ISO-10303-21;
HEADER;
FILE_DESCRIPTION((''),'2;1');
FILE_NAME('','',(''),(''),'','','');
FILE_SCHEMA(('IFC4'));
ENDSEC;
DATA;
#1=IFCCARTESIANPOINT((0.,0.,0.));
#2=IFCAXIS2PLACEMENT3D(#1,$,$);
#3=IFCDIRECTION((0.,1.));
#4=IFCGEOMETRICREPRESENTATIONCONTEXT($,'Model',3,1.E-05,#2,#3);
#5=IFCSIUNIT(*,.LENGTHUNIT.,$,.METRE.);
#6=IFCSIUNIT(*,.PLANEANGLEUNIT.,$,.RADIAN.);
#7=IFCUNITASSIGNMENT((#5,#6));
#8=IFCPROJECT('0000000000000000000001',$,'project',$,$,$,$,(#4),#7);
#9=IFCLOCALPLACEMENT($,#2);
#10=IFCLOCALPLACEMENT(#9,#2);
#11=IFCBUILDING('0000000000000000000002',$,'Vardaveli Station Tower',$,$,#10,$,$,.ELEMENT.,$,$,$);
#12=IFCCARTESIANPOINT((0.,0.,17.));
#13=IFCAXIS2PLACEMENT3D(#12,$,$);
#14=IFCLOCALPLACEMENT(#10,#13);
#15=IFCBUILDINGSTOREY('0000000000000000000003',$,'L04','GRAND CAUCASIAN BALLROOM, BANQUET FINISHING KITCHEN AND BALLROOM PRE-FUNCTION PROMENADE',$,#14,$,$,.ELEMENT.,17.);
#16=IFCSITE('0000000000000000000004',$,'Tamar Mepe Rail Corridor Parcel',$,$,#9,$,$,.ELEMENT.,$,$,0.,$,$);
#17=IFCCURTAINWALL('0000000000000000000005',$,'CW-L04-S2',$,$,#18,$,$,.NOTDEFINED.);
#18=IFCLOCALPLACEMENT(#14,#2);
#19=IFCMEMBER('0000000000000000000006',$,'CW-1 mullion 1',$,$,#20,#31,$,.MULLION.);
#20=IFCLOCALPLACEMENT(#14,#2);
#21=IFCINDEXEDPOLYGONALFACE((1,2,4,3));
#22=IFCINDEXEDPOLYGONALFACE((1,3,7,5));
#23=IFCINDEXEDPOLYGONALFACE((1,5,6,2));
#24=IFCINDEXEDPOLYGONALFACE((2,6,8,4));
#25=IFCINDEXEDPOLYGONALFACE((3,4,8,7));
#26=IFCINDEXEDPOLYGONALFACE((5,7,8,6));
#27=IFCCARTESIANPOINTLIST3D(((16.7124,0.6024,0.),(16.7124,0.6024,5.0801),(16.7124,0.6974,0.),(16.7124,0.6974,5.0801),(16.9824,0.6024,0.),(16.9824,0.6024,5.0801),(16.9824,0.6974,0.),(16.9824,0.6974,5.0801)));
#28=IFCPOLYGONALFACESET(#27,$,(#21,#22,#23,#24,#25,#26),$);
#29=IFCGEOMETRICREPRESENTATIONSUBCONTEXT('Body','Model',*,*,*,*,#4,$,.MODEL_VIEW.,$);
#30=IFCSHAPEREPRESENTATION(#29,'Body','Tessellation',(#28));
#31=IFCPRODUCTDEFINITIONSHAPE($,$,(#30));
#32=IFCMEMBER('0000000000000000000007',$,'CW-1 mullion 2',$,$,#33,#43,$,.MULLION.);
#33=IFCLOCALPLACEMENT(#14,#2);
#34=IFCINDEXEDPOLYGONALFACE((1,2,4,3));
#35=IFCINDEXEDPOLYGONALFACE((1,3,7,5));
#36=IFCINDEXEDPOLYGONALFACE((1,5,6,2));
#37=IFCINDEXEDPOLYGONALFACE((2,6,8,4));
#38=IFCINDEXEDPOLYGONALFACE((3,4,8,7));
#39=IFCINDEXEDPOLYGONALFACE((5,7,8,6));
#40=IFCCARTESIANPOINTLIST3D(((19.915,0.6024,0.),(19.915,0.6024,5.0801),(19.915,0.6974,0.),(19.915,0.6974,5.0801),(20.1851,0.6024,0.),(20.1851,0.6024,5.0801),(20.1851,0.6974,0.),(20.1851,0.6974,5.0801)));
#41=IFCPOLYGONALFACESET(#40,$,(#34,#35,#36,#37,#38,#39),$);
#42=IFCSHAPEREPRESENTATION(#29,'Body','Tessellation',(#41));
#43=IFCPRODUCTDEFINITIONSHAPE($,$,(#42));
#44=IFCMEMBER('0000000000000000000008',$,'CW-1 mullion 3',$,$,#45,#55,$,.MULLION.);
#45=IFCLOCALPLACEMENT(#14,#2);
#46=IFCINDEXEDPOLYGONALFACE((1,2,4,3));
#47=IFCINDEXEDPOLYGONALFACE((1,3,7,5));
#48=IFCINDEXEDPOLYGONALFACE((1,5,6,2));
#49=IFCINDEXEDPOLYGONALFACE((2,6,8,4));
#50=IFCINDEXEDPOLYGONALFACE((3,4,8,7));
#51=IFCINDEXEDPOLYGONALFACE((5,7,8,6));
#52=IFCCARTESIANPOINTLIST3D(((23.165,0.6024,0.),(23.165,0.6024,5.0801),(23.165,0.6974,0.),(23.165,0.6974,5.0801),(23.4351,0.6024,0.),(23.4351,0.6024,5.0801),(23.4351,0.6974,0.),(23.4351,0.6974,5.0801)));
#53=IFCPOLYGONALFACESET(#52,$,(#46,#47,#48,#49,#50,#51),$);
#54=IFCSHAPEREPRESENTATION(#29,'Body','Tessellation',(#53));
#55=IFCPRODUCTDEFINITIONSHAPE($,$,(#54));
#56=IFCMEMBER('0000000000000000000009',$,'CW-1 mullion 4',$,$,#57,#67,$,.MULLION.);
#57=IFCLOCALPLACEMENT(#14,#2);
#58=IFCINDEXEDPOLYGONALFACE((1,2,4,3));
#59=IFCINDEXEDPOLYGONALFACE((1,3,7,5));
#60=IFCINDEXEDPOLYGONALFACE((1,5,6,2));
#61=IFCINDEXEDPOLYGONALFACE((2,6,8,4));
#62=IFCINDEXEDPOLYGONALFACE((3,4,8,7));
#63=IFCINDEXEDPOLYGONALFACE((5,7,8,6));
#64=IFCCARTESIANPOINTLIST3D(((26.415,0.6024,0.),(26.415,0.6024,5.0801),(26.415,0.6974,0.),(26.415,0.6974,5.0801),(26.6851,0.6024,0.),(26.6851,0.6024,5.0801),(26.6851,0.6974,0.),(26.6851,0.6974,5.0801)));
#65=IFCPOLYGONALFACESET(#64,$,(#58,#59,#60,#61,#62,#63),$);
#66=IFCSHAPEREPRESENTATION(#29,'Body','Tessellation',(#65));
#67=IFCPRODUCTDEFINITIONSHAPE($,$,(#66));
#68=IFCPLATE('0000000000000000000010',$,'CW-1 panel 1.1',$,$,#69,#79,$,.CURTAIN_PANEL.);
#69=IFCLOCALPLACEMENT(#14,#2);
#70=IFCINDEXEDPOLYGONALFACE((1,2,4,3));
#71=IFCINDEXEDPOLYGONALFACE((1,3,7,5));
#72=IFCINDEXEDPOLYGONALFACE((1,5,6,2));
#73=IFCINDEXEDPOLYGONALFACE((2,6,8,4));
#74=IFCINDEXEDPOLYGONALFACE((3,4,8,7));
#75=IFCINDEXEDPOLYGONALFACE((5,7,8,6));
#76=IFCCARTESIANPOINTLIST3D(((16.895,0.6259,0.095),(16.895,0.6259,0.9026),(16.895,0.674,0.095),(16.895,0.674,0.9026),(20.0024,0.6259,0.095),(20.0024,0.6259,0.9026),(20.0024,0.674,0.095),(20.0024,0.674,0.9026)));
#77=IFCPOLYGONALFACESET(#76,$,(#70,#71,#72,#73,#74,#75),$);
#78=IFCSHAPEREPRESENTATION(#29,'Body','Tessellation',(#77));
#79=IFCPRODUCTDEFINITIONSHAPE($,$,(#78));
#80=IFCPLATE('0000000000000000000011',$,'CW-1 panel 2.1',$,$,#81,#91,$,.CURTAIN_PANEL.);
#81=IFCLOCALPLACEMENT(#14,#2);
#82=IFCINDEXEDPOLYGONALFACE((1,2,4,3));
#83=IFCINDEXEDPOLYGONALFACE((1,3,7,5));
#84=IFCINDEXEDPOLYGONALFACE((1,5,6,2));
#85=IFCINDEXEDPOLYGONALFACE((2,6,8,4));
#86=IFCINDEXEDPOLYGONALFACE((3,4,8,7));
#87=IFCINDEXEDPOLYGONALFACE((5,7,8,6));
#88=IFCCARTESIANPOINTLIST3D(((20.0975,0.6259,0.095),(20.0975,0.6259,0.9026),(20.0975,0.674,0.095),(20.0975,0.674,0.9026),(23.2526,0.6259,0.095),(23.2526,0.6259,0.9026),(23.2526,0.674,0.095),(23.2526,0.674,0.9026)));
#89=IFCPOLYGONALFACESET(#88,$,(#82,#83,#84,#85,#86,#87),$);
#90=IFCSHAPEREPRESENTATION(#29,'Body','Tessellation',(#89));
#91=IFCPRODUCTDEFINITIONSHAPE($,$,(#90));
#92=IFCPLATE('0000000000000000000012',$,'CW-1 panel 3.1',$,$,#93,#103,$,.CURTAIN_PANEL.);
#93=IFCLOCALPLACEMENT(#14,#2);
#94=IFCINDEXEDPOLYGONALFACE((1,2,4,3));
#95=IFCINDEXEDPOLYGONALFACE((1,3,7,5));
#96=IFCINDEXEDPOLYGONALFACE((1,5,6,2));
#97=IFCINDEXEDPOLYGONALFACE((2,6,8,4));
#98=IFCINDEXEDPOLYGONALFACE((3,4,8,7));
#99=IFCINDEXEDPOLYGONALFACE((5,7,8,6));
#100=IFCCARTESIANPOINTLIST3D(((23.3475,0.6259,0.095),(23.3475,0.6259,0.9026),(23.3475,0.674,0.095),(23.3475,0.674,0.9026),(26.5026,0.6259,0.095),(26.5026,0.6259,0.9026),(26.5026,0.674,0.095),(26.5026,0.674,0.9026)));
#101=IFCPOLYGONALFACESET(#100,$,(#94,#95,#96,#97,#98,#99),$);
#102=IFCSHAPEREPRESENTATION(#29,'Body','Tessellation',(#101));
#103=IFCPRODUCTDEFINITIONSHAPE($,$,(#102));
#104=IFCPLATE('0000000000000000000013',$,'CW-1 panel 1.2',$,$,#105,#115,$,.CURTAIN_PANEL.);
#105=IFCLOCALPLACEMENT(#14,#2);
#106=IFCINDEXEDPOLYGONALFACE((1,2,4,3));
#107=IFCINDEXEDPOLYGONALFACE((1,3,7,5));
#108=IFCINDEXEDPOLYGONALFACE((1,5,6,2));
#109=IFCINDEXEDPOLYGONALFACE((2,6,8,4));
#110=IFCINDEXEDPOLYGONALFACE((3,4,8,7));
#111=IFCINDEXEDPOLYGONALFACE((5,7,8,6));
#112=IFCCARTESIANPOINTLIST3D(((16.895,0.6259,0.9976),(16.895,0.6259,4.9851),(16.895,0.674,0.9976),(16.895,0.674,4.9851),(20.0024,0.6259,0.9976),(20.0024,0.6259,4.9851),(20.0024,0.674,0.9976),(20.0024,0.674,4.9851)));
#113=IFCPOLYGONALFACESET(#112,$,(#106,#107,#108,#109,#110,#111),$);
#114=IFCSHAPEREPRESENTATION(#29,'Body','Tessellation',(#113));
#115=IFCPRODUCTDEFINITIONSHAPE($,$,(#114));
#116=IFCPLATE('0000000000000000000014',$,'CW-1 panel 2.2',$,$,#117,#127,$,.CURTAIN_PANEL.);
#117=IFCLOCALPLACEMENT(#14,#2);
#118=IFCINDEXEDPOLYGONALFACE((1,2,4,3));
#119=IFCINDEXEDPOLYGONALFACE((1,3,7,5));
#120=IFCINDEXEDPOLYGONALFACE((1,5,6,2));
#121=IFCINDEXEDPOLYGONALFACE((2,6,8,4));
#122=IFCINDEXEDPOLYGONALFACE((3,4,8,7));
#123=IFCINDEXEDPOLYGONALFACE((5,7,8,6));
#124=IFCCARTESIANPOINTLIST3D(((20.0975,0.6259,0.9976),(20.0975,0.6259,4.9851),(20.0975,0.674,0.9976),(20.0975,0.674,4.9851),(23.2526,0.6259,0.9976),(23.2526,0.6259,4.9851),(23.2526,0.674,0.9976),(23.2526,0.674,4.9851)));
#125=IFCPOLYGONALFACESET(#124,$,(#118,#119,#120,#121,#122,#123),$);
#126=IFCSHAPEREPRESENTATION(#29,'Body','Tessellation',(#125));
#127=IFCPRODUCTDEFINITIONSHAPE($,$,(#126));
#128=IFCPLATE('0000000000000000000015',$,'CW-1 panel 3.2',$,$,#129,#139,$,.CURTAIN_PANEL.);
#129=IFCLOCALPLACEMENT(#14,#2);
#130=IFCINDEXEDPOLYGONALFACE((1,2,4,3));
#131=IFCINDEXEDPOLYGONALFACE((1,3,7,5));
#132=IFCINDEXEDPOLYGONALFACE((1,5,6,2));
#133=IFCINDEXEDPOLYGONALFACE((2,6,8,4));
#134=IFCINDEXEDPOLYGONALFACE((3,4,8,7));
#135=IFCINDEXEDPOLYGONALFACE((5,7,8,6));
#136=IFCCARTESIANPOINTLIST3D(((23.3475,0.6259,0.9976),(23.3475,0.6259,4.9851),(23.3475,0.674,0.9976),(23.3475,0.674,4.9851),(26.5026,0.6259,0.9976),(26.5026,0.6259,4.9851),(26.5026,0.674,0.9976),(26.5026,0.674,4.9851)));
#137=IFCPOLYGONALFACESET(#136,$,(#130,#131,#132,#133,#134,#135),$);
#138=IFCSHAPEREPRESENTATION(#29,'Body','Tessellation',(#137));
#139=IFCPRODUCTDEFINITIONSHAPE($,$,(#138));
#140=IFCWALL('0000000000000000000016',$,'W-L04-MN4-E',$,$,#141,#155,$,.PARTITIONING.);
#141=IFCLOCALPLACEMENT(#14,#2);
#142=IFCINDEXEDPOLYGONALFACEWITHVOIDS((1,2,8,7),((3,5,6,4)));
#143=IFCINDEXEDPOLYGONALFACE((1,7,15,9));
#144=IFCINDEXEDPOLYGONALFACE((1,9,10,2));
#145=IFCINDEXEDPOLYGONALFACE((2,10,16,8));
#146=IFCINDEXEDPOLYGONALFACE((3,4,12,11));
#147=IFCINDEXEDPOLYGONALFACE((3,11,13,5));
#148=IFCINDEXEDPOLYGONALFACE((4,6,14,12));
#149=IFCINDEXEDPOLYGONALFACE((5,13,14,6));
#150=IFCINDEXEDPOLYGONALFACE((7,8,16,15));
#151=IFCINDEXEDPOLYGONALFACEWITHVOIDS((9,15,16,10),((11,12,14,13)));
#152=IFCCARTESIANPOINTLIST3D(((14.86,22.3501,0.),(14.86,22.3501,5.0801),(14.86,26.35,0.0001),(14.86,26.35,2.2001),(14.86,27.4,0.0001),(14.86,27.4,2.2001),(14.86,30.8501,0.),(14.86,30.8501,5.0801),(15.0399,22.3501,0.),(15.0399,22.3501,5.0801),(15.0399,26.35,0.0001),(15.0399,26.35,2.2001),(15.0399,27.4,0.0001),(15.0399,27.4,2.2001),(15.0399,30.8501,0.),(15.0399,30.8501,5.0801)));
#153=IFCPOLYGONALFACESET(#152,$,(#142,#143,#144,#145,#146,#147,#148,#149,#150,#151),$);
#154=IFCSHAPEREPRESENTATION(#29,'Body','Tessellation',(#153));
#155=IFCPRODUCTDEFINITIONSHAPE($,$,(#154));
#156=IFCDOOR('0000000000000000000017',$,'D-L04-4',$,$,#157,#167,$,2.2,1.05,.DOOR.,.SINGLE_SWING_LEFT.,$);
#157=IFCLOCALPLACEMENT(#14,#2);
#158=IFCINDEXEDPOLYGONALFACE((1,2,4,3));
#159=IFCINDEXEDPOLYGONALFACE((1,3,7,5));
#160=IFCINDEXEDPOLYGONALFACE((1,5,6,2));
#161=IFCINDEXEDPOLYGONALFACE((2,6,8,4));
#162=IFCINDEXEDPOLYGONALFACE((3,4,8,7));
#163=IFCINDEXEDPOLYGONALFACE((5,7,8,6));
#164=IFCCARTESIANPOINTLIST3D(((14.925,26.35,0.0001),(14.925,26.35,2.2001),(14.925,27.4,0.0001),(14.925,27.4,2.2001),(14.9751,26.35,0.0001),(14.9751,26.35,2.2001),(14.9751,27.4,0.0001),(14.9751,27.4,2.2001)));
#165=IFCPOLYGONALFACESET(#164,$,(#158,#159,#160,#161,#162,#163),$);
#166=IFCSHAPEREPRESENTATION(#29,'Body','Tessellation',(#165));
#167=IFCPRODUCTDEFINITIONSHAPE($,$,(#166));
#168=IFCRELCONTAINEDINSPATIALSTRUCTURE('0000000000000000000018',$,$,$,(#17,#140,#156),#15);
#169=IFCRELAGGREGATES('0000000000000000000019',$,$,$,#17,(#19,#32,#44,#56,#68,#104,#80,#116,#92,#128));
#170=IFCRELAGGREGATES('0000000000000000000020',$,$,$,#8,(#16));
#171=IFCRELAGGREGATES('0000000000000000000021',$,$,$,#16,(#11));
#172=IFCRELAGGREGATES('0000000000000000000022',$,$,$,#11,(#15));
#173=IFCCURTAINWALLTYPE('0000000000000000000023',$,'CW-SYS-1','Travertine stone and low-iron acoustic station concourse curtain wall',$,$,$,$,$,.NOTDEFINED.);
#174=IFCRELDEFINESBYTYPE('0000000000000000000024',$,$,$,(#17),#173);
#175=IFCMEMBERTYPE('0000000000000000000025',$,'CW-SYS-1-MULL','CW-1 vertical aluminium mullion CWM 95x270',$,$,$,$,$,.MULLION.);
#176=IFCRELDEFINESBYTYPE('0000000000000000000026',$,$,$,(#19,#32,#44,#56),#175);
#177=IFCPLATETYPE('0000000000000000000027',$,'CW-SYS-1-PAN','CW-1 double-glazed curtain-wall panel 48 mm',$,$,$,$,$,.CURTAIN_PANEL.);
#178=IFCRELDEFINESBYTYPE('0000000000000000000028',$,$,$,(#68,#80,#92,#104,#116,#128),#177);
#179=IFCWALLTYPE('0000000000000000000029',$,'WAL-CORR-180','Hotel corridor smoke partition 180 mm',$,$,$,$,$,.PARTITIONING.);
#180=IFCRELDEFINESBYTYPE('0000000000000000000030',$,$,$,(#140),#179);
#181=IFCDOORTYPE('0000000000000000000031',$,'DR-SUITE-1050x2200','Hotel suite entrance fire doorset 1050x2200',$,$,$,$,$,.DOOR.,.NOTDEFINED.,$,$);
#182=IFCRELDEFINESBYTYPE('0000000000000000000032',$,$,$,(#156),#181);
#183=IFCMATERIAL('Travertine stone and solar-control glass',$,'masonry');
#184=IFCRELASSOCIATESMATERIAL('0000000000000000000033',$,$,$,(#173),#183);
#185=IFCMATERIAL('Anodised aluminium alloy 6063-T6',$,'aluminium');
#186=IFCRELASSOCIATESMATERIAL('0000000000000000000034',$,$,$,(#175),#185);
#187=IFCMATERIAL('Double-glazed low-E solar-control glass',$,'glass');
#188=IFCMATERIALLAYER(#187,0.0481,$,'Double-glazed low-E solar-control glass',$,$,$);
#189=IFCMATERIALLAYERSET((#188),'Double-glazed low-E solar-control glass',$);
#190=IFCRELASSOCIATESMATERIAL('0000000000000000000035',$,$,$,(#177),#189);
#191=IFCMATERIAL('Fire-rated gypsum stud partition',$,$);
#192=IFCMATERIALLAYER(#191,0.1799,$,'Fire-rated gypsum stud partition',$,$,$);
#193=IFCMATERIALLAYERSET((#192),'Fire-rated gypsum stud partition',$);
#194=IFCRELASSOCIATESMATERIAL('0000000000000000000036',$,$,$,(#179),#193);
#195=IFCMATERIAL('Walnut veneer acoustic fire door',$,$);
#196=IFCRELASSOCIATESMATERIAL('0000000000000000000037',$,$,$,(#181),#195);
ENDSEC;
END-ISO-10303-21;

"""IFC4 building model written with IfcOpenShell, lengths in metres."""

from ifc_helpers import new_model, si_unit, direction, frame, frame_2d, origin, origin_2d, place, context, subcontext, project, spatial, rectangle, extrude, source, transform, mapped, material, layer, layer_set, material_profile, profile_set, type_object, element, fill, aggregate, save


model = new_model("IFC4")

# Units and contexts
model_context = context("Model", 3, precision=1e-05, world=origin(), true_north=direction((0.0, 1.0)))
body_context = subcontext(model_context, "Body", "Model", "MODEL_VIEW")
ifc_project = project(units=[si_unit("LENGTHUNIT", "METRE"), si_unit("PLANEANGLEUNIT", "RADIAN")], contexts=[model_context])

# Site, building, storey
site_placement = place(None, origin())
site = spatial("IfcSite", under=ifc_project, at=site_placement, Name="Tamar Mepe Rail Corridor Parcel", CompositionType="ELEMENT", RefElevation=0.0)
building_placement = place(site_placement, origin())
building = spatial("IfcBuilding", under=site, at=building_placement, Name="Vardaveli Station Tower", CompositionType="ELEMENT")
storey_placement = place(building_placement, frame((0.0, 0.0, 17.0)))
storey = spatial("IfcBuildingStorey", under=building, at=storey_placement, Name="L04", Description="GRAND CAUCASIAN BALLROOM, BANQUET FINISHING KITCHEN AND BALLROOM PRE-FUNCTION PROMENADE", CompositionType="ELEMENT", Elevation=17.0)

# Curtain wall, members, plates
ifc_material_1 = material(Name="Travertine stone and solar-control glass", Category="masonry")
curtain_wall_type = type_object("IfcCurtainWallType", Name="CW-SYS-1", Description="Travertine stone and low-iron acoustic station concourse curtain wall", PredefinedType="NOTDEFINED", material=ifc_material_1)
curtain_wall_placement = place(storey_placement, origin())
curtain_wall = element("IfcCurtainWall", 1, at=curtain_wall_placement, inside=storey, type_object=curtain_wall_type, Name="CW-L04-S2", PredefinedType="NOTDEFINED")
ifc_material_2 = material(Name="Anodised aluminium alloy 6063-T6", Category="aluminium")
ifc_material_profile_1 = material_profile(ifc_material_2, rectangle(XDim=0.095, YDim=0.27, at=origin_2d()), Name="CWM 95x270")
ifc_profile_set_1 = profile_set([ifc_material_profile_1], Name="Anodised aluminium alloy 6063-T6")
member_type_1 = type_object("IfcMemberType", Name="CW-SYS-1-MULL", Description="CW-1 vertical aluminium mullion CWM 95x270", PredefinedType="MULLION", material=ifc_profile_set_1)
shared_shape_1 = source(origin(), body_context, "Body", "SweptSolid", [
    extrude(rectangle(XDim=0.095, YDim=0.27, at=origin_2d()), origin(), (0.0, 0.0, 1.0), 5.0801),
])
member_1_placement = place(storey_placement, frame((16.8474, 0.6499, 0.0), z_axis=(0.0, 0.0, 1.0), x_axis=(0.0, 1.0, 0.0)))
member_1 = element("IfcMember", 2, at=member_1_placement, type_object=member_type_1, Name="CW-1 mullion 1", PredefinedType="MULLION", context=body_context, shape_type="MappedRepresentation", body=[
    mapped(shared_shape_1, transform((0.0, 0.0, 0.0), scale=1.0)),
])
member_2_placement = place(storey_placement, frame((20.05, 0.6499, 0.0), z_axis=(0.0, 0.0, 1.0), x_axis=(0.0, 1.0, 0.0)))
member_2 = element("IfcMember", 3, at=member_2_placement, type_object=member_type_1, Name="CW-1 mullion 2", PredefinedType="MULLION", context=body_context, shape_type="MappedRepresentation", body=[
    mapped(shared_shape_1, transform((0.0, 0.0, 0.0), scale=1.0)),
])
member_3_placement = place(storey_placement, frame((23.3, 0.6499, 0.0), z_axis=(0.0, 0.0, 1.0), x_axis=(0.0, 1.0, 0.0)))
member_3 = element("IfcMember", 4, at=member_3_placement, type_object=member_type_1, Name="CW-1 mullion 3", PredefinedType="MULLION", context=body_context, shape_type="MappedRepresentation", body=[
    mapped(shared_shape_1, transform((0.0, 0.0, 0.0), scale=1.0)),
])
member_4_placement = place(storey_placement, frame((26.55, 0.6499, 0.0), z_axis=(0.0, 0.0, 1.0), x_axis=(0.0, 1.0, 0.0)))
member_4 = element("IfcMember", 5, at=member_4_placement, type_object=member_type_1, Name="CW-1 mullion 4", PredefinedType="MULLION", context=body_context, shape_type="MappedRepresentation", body=[
    mapped(shared_shape_1, transform((0.0, 0.0, 0.0), scale=1.0)),
])
ifc_material_3 = material(Name="Double-glazed low-E solar-control glass", Category="glass")
ifc_layer_1 = layer(ifc_material_3, 0.0481, Name="Double-glazed low-E solar-control glass")
ifc_layer_set_1 = layer_set([ifc_layer_1], Name="Double-glazed low-E solar-control glass")
plate_type = type_object("IfcPlateType", Name="CW-SYS-1-PAN", Description="CW-1 double-glazed curtain-wall panel 48 mm", PredefinedType="CURTAIN_PANEL", material=ifc_layer_set_1)
shared_shape_2 = source(origin(), body_context, "Body", "SweptSolid", [
    extrude(rectangle(XDim=3.1074, YDim=0.0481, at=origin_2d()), origin(), (0.0, 0.0, 1.0), 0.8076),
])
plate_1_placement = place(storey_placement, frame((18.4487, 0.6499, 0.095), z_axis=(0.0, 0.0, 1.0), x_axis=(1.0, 0.0, 0.0)))
plate_1 = element("IfcPlate", 6, at=plate_1_placement, type_object=plate_type, Name="CW-1 panel 1.1", PredefinedType="CURTAIN_PANEL", context=body_context, shape_type="MappedRepresentation", body=[
    mapped(shared_shape_2, transform((0.0, 0.0, 0.0), scale=1.0)),
])
shared_shape_3 = source(origin(), body_context, "Body", "SweptSolid", [
    extrude(rectangle(XDim=3.155, YDim=0.0481, at=origin_2d()), origin(), (0.0, 0.0, 1.0), 0.8076),
])
plate_2_placement = place(storey_placement, frame((21.675, 0.6499, 0.095), z_axis=(0.0, 0.0, 1.0), x_axis=(1.0, 0.0, 0.0)))
plate_2 = element("IfcPlate", 7, at=plate_2_placement, type_object=plate_type, Name="CW-1 panel 2.1", PredefinedType="CURTAIN_PANEL", context=body_context, shape_type="MappedRepresentation", body=[
    mapped(shared_shape_3, transform((0.0, 0.0, 0.0), scale=1.0)),
])
plate_3_placement = place(storey_placement, frame((24.925, 0.6499, 0.095), z_axis=(0.0, 0.0, 1.0), x_axis=(1.0, 0.0, 0.0)))
plate_3 = element("IfcPlate", 8, at=plate_3_placement, type_object=plate_type, Name="CW-1 panel 3.1", PredefinedType="CURTAIN_PANEL", context=body_context, shape_type="MappedRepresentation", body=[
    mapped(shared_shape_3, transform((0.0, 0.0, 0.0), scale=1.0)),
])
shared_shape_4 = source(origin(), body_context, "Body", "SweptSolid", [
    extrude(rectangle(XDim=3.1074, YDim=0.0481, at=origin_2d()), origin(), (0.0, 0.0, 1.0), 3.9875),
])
plate_4_placement = place(storey_placement, frame((18.4487, 0.6499, 0.9976), z_axis=(0.0, 0.0, 1.0), x_axis=(1.0, 0.0, 0.0)))
plate_4 = element("IfcPlate", 9, at=plate_4_placement, type_object=plate_type, Name="CW-1 panel 1.2", PredefinedType="CURTAIN_PANEL", context=body_context, shape_type="MappedRepresentation", body=[
    mapped(shared_shape_4, transform((0.0, 0.0, 0.0), scale=1.0)),
])
shared_shape_5 = source(origin(), body_context, "Body", "SweptSolid", [
    extrude(rectangle(XDim=3.155, YDim=0.0481, at=origin_2d()), origin(), (0.0, 0.0, 1.0), 3.9875),
])
plate_5_placement = place(storey_placement, frame((21.675, 0.6499, 0.9976), z_axis=(0.0, 0.0, 1.0), x_axis=(1.0, 0.0, 0.0)))
plate_5 = element("IfcPlate", 10, at=plate_5_placement, type_object=plate_type, Name="CW-1 panel 2.2", PredefinedType="CURTAIN_PANEL", context=body_context, shape_type="MappedRepresentation", body=[
    mapped(shared_shape_5, transform((0.0, 0.0, 0.0), scale=1.0)),
])
plate_6_placement = place(storey_placement, frame((24.925, 0.6499, 0.9976), z_axis=(0.0, 0.0, 1.0), x_axis=(1.0, 0.0, 0.0)))
plate_6 = element("IfcPlate", 11, at=plate_6_placement, type_object=plate_type, Name="CW-1 panel 3.2", PredefinedType="CURTAIN_PANEL", context=body_context, shape_type="MappedRepresentation", body=[
    mapped(shared_shape_5, transform((0.0, 0.0, 0.0), scale=1.0)),
])
aggregate(curtain_wall, [member_1, member_2, member_3, member_4, plate_1, plate_4, plate_2, plate_5, plate_3, plate_6])

# Wall, opening, door
ifc_material_4 = material(Name="Fire-rated gypsum stud partition")
ifc_layer_2 = layer(ifc_material_4, 0.1799, Name="Fire-rated gypsum stud partition")
ifc_layer_set_2 = layer_set([ifc_layer_2], Name="Fire-rated gypsum stud partition")
wall_type = type_object("IfcWallType", Name="WAL-CORR-180", Description="Hotel corridor smoke partition 180 mm", PredefinedType="PARTITIONING", material=ifc_layer_set_2)
shared_shape_6 = source(origin(), body_context, "Body", "SweptSolid", [
    extrude(rectangle(XDim=8.5, YDim=0.1799, at=frame_2d((4.25, 0.0))), origin(), (0.0, 0.0, 1.0), 5.0801),
])
wall_placement = place(storey_placement, frame((14.95, 22.3501, 0.0), z_axis=(0.0, 0.0, 1.0), x_axis=(0.0, 1.0, 0.0)))
wall = element("IfcWall", 12, at=wall_placement, inside=storey, type_object=wall_type, Name="W-L04-MN4-E", PredefinedType="PARTITIONING", context=body_context, shape_type="MappedRepresentation", body=[
    mapped(shared_shape_6, transform((0.0, 0.0, 0.0), scale=1.0)),
])
shared_shape_7 = source(origin(), body_context, "Body", "SweptSolid", [
    extrude(rectangle(XDim=1.05, YDim=2.2, at=frame_2d((0.5249, 1.1001))), frame((0.0, 0.1001, 0.0), z_axis=(0.0, -1.0, 0.0), x_axis=(1.0, 0.0, 0.0)), (0.0, 0.0, 1.0), 0.2),
])
opening_placement = place(wall_placement, frame((4.0, 0.0, 0.0)))
opening = element("IfcOpeningElement", 13, at=opening_placement, cuts=wall, PredefinedType="OPENING", context=body_context, shape_type="MappedRepresentation", body=[
    mapped(shared_shape_7, transform((0.0, 0.0, 0.0), scale=1.0)),
])
ifc_material_5 = material(Name="Walnut veneer acoustic fire door")
door_type = type_object("IfcDoorType", Name="DR-SUITE-1050x2200", Description="Hotel suite entrance fire doorset 1050x2200", OperationType="NOTDEFINED", PredefinedType="DOOR", material=ifc_material_5)
shared_shape_8 = source(origin(), body_context, "Body", "SweptSolid", [
    extrude(rectangle(XDim=1.05, YDim=2.2, at=frame_2d((0.5249, 1.1001))), frame((0.0, 0.0249, 0.0), z_axis=(0.0, -1.0, 0.0), x_axis=(1.0, 0.0, 0.0)), (0.0, 0.0, 1.0), 0.05),
])
door_placement = place(opening_placement, origin())
door = element("IfcDoor", 14, at=door_placement, inside=storey, type_object=door_type, Name="D-L04-4", OperationType="SINGLE_SWING_LEFT", OverallHeight=2.2, OverallWidth=1.05, PredefinedType="DOOR", context=body_context, shape_type="MappedRepresentation", body=[
    mapped(shared_shape_8, transform((0.0, 0.0, 0.0), scale=1.0)),
])
fill(opening, door)

save(model, "model.ifc")
